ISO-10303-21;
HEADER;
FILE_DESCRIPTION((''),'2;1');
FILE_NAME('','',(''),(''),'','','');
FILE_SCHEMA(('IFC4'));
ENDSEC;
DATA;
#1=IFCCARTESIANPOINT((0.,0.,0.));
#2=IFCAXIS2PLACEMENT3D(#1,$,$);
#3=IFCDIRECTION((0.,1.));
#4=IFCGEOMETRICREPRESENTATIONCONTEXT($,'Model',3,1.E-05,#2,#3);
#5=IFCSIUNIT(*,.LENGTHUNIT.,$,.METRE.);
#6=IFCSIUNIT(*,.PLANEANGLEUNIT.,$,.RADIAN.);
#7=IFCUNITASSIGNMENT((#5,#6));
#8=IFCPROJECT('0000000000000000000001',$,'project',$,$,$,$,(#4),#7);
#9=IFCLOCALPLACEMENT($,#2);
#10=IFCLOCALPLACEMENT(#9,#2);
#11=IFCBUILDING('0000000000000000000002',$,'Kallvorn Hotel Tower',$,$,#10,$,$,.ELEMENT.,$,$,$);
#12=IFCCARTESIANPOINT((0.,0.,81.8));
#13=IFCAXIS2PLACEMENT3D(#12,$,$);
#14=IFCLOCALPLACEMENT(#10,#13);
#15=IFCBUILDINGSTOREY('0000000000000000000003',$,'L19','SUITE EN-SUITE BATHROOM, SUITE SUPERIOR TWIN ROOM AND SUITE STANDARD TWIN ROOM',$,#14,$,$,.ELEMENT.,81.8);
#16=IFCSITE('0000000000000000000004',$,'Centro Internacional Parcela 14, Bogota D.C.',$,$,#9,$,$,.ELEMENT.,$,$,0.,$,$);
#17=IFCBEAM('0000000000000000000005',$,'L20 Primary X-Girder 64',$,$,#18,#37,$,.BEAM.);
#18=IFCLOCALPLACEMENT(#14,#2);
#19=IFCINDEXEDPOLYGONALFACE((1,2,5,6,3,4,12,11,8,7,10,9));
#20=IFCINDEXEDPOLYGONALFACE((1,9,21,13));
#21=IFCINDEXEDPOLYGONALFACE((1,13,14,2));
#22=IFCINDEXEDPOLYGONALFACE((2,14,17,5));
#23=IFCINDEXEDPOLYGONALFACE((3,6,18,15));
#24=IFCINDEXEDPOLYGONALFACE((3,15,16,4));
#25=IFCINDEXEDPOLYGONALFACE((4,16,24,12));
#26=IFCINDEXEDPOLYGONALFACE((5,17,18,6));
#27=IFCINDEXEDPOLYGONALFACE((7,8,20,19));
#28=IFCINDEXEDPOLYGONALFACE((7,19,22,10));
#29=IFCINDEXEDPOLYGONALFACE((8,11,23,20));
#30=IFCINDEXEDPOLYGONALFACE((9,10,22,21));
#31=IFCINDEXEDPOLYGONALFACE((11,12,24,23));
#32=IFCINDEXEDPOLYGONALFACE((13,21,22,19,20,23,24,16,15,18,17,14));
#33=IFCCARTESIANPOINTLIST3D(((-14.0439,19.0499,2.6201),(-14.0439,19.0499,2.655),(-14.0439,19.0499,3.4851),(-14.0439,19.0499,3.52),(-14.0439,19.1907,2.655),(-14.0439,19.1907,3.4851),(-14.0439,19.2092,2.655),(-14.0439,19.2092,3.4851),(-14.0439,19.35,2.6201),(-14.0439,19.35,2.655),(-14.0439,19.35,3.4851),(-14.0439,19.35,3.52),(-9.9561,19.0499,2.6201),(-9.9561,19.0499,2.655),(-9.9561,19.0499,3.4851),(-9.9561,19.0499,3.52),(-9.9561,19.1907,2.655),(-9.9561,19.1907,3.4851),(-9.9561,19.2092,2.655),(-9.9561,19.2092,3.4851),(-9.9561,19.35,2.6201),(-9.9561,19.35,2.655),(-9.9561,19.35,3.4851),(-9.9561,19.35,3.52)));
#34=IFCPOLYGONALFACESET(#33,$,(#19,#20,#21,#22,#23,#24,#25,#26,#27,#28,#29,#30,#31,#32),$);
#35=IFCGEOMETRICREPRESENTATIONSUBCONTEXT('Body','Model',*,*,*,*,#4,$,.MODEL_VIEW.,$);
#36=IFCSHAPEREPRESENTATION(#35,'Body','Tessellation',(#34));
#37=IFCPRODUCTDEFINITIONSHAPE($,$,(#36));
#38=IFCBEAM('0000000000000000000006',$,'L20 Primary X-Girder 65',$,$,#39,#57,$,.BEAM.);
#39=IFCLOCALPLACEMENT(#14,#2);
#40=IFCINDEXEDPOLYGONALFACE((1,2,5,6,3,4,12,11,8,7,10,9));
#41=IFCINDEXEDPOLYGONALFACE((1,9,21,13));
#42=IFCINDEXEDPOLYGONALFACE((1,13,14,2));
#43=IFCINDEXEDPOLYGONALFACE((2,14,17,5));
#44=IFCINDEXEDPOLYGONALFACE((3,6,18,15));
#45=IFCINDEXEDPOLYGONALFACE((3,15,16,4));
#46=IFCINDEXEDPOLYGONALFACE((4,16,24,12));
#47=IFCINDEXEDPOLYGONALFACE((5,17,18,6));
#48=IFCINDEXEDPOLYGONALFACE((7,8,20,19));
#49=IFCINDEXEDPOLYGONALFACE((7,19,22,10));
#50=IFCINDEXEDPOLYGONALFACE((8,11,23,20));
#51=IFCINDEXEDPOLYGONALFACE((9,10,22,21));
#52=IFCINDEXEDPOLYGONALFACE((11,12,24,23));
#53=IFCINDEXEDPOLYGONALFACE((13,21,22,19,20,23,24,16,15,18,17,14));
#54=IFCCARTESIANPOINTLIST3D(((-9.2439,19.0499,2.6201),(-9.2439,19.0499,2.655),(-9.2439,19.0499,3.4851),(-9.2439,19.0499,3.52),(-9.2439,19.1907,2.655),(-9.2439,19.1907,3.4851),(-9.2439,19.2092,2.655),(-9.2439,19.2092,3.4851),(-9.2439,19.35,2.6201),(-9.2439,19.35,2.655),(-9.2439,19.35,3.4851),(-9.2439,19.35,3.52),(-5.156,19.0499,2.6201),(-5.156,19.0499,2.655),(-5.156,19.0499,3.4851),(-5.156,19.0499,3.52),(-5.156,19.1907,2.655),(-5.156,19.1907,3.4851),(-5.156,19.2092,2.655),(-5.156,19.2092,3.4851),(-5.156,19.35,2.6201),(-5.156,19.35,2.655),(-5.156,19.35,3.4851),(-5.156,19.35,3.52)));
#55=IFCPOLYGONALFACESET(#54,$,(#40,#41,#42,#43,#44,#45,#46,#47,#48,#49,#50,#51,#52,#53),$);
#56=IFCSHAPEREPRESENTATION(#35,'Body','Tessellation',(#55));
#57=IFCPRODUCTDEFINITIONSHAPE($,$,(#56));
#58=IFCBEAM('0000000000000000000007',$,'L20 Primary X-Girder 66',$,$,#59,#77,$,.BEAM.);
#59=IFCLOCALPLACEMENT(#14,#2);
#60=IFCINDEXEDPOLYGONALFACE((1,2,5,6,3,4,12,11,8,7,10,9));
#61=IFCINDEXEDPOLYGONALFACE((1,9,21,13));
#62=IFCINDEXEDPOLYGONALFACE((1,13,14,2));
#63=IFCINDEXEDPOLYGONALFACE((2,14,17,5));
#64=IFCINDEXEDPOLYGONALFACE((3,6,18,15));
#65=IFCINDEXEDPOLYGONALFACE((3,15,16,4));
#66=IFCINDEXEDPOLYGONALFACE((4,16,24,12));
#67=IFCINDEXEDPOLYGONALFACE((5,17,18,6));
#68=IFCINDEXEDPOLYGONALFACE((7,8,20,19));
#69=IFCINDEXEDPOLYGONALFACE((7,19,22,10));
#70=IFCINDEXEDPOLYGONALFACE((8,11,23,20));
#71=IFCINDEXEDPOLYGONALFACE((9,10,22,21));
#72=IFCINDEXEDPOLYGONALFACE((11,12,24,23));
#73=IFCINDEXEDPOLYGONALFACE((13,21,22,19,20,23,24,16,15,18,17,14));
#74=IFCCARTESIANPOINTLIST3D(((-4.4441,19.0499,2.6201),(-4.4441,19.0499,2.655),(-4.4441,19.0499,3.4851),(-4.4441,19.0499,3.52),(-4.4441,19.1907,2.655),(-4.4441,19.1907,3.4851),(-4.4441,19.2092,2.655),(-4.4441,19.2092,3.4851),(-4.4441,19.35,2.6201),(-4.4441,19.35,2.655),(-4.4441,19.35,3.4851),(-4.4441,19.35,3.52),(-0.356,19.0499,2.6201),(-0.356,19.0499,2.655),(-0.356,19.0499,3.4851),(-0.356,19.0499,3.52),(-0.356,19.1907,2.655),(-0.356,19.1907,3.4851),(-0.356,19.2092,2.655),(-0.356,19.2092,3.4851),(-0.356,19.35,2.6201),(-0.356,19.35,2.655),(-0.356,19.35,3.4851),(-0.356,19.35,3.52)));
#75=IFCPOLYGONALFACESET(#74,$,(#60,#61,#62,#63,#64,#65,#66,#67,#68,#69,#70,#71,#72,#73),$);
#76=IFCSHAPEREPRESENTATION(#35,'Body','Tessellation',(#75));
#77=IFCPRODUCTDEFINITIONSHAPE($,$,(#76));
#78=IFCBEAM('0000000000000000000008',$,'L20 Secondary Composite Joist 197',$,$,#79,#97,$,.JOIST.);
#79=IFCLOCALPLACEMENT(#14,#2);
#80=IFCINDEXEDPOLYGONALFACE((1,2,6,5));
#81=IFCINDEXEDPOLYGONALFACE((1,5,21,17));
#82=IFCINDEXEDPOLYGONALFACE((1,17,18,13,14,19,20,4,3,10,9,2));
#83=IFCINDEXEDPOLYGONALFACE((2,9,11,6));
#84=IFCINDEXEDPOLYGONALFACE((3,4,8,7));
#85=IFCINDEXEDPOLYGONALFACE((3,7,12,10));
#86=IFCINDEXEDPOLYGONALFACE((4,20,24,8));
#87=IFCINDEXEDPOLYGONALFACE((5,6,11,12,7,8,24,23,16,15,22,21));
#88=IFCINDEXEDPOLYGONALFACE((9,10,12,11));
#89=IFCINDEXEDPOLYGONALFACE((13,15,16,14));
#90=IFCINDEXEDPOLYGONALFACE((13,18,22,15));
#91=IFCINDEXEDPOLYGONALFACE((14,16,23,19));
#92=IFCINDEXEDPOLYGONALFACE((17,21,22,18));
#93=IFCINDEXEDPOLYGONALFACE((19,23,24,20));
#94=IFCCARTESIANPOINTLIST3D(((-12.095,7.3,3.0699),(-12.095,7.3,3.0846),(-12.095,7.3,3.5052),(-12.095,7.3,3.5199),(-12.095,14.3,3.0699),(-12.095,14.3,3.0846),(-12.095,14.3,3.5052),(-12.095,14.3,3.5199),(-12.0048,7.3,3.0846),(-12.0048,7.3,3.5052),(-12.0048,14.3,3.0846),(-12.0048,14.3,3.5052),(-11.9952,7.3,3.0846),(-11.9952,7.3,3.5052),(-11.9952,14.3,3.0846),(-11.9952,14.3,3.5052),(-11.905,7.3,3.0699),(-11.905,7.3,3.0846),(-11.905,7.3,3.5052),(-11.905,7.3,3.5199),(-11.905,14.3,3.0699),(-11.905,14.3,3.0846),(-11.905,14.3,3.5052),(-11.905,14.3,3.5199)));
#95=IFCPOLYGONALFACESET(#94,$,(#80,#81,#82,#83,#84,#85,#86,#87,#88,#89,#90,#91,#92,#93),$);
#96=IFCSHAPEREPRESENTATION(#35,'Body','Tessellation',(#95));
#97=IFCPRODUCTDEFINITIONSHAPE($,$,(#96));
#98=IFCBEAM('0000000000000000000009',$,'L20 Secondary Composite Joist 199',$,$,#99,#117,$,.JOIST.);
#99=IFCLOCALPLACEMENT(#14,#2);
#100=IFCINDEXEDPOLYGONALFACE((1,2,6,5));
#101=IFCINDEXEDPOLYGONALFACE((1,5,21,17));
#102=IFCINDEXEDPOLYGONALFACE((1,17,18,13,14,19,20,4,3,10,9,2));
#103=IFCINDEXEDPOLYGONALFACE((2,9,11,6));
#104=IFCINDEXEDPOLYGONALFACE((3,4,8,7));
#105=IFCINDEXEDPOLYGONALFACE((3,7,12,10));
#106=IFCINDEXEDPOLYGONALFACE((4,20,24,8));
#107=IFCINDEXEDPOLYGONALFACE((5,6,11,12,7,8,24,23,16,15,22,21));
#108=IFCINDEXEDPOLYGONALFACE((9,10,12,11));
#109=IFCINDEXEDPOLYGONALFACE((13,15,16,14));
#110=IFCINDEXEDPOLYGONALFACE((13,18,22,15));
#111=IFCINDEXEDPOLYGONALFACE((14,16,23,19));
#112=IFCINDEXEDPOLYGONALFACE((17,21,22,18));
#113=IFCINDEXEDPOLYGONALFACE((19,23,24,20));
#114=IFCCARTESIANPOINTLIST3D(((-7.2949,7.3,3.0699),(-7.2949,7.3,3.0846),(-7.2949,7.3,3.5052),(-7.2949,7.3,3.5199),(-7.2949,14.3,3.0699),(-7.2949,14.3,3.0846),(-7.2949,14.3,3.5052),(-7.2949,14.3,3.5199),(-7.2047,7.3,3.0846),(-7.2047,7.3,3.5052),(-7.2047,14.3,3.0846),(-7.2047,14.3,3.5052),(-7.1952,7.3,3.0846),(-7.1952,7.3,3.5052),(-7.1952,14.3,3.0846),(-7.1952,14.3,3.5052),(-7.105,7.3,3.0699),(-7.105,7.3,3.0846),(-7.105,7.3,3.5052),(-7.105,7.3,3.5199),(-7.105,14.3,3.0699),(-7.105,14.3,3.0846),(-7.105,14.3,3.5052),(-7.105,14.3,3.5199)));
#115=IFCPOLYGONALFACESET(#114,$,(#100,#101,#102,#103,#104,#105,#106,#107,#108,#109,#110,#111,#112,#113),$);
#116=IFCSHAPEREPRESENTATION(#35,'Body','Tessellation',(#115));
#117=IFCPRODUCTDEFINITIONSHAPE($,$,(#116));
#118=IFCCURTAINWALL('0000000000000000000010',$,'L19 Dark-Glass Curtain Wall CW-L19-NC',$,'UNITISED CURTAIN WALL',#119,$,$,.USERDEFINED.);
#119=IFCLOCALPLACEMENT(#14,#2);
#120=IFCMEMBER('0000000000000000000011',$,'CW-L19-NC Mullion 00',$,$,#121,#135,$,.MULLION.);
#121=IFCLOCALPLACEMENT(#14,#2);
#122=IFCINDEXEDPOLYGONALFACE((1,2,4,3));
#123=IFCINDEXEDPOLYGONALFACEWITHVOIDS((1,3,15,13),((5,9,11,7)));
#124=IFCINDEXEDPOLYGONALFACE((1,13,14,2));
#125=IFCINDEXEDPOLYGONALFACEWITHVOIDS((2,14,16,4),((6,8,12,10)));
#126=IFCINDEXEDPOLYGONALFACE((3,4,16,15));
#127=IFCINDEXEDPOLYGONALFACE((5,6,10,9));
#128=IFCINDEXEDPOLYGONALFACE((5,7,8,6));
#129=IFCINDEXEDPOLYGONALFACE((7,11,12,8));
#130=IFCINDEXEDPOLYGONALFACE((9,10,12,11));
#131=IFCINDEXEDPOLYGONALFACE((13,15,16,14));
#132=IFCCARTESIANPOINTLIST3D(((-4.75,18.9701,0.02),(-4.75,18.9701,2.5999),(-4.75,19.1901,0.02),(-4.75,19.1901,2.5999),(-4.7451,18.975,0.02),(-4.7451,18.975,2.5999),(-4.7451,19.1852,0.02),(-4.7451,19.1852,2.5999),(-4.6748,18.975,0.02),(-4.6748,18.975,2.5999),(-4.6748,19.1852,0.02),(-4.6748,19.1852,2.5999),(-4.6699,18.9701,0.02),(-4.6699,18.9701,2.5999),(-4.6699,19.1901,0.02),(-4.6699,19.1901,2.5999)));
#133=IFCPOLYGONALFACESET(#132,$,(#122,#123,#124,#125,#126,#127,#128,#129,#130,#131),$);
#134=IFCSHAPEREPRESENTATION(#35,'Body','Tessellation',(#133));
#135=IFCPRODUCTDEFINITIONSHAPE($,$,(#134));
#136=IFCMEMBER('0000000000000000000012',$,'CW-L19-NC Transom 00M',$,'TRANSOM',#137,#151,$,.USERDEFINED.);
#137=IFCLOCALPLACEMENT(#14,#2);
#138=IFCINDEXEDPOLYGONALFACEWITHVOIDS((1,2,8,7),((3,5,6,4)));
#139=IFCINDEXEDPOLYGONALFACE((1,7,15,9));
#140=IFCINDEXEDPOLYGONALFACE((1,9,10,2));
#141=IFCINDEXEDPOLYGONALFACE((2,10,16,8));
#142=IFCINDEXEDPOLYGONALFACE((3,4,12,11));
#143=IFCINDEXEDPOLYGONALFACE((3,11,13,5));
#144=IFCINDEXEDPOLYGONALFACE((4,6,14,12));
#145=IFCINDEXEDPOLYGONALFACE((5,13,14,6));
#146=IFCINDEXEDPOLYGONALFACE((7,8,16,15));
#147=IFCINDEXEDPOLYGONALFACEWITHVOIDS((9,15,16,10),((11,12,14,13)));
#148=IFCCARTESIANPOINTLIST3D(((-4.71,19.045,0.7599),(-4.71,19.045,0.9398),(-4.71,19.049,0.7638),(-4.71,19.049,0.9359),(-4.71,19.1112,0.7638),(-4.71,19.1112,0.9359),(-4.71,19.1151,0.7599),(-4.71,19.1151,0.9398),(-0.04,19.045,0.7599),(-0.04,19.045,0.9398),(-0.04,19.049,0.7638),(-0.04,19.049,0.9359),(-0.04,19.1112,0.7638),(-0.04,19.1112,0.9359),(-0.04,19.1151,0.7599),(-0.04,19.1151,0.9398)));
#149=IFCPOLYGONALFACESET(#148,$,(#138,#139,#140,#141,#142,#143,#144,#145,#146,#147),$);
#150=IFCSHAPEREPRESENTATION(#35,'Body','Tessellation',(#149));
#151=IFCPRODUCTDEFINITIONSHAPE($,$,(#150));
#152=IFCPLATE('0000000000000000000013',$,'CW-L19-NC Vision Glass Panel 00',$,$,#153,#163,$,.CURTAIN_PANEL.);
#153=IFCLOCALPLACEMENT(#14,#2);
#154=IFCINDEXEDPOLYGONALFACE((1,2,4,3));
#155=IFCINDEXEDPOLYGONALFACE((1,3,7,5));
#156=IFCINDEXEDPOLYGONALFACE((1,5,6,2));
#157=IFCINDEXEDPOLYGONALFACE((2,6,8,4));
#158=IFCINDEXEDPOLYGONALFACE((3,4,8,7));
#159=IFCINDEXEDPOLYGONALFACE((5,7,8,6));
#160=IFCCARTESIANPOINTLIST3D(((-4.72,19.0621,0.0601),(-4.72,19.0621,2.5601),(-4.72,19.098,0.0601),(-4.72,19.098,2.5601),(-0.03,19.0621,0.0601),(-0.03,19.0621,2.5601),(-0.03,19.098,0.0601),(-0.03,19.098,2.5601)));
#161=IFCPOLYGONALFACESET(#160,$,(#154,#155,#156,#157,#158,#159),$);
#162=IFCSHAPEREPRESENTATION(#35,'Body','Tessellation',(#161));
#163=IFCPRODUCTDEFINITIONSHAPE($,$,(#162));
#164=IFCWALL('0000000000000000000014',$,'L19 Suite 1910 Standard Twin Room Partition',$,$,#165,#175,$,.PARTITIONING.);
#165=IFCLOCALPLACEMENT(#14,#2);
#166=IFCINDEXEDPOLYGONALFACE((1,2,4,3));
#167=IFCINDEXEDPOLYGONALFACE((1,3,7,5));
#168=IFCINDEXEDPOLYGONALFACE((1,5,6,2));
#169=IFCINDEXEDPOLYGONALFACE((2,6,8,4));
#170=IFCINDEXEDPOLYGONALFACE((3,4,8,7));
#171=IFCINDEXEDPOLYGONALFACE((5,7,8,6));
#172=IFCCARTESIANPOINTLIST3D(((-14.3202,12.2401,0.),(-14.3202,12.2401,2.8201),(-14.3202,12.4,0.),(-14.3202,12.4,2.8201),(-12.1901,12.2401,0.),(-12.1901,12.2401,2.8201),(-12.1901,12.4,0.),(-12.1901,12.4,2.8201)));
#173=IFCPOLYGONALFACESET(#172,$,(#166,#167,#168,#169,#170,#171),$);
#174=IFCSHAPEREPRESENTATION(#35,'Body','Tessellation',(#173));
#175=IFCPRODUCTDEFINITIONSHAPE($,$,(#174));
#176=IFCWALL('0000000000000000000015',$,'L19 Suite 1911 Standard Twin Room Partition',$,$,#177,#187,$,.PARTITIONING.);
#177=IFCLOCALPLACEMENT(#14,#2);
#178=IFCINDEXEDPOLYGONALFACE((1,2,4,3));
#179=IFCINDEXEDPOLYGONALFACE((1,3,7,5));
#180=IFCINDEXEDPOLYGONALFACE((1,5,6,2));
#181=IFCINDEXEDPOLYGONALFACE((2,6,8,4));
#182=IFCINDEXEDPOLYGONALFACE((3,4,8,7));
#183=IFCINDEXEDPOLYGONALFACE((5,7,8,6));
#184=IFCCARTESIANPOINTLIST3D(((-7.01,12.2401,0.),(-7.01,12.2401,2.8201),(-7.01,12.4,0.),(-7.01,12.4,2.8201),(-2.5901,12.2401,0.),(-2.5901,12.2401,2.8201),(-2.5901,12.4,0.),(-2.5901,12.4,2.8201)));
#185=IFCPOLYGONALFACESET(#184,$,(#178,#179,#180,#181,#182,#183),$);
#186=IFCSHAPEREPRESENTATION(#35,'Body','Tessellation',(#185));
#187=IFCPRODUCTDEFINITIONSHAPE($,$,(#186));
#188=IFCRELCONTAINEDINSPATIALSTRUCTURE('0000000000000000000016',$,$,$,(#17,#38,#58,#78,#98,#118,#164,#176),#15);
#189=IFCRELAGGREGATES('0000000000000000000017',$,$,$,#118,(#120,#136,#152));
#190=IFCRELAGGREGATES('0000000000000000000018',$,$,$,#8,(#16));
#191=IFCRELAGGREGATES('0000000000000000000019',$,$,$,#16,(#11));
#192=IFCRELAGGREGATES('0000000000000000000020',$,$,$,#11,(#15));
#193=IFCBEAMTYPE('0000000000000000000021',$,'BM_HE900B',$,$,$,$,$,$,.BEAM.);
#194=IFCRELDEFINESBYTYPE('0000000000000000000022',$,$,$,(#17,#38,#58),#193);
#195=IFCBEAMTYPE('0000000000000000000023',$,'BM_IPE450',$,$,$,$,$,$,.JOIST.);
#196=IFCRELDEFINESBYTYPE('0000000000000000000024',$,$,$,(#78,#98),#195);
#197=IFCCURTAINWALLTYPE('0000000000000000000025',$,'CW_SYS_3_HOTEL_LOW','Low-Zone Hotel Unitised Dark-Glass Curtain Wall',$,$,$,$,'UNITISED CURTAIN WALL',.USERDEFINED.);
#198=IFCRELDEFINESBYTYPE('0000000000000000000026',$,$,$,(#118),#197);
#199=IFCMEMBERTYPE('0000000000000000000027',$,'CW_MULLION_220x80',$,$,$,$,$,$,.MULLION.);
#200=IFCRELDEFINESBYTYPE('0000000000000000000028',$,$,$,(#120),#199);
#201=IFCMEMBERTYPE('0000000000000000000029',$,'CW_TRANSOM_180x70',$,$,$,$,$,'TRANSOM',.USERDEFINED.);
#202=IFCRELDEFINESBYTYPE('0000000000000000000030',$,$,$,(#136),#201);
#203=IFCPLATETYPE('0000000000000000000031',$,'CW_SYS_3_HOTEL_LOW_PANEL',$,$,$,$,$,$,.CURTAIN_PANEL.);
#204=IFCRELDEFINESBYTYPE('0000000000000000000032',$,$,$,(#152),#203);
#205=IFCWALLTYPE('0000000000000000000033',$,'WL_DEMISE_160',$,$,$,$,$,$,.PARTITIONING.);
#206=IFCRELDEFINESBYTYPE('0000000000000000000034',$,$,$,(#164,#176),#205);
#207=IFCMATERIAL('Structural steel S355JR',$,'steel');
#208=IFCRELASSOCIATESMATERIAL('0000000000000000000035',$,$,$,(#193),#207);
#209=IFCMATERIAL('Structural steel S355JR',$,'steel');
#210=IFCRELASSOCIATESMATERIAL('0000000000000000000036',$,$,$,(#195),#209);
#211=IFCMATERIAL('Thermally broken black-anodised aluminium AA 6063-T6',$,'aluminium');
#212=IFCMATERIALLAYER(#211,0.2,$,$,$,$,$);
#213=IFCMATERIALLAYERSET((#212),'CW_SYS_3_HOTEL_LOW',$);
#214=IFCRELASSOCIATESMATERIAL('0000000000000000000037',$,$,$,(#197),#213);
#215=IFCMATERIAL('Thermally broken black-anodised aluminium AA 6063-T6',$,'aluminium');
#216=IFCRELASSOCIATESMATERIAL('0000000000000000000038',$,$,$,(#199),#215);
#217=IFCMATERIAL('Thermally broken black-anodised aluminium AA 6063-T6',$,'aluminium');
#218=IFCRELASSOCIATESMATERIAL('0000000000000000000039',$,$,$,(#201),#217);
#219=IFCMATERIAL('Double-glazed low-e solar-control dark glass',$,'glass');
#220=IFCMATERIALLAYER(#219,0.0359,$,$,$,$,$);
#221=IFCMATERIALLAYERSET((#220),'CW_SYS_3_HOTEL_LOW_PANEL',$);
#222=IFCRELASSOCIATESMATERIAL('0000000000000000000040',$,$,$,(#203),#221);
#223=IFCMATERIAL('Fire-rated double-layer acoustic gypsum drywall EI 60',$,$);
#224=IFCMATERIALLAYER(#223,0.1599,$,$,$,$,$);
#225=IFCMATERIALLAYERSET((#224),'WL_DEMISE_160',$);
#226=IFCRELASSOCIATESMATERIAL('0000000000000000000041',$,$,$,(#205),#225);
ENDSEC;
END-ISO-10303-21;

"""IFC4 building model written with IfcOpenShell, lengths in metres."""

from ifc_helpers import new_model, si_unit, direction, frame, frame_2d, origin, origin_2d, place, context, subcontext, project, spatial, rectangle, hollow_rectangle, i_section, extrude, material, layer, layer_set, material_profile, profile_set, type_object, element, aggregate, save


model = new_model("IFC4")

# Units and contexts
model_context = context("Model", 3, precision=1e-05, world=origin(), true_north=direction((0.0, 1.0)))
body_context = subcontext(model_context, "Body", "Model", "MODEL_VIEW")
ifc_project = project(units=[si_unit("LENGTHUNIT", "METRE"), si_unit("PLANEANGLEUNIT", "RADIAN")], contexts=[model_context])

# Site, building, storey
site_placement = place(None, origin())
site = spatial("IfcSite", under=ifc_project, at=site_placement, Name="Centro Internacional Parcela 14, Bogota D.C.", CompositionType="ELEMENT", RefElevation=0.0)
building_placement = place(site_placement, origin())
building = spatial("IfcBuilding", under=site, at=building_placement, Name="Kallvorn Hotel Tower", CompositionType="ELEMENT")
storey_placement = place(building_placement, frame((0.0, 0.0, 81.8)))
storey = spatial("IfcBuildingStorey", under=building, at=storey_placement, Name="L19", Description="SUITE EN-SUITE BATHROOM, SUITE SUPERIOR TWIN ROOM AND SUITE STANDARD TWIN ROOM", CompositionType="ELEMENT", Elevation=81.8)

# Beams
ifc_material_1 = material(Name="Structural steel S355JR", Category="steel")
ifc_material_profile_1 = material_profile(ifc_material_1, i_section(OverallWidth=0.3, OverallDepth=0.8999, WebThickness=0.0186, FlangeThickness=0.0349, at=origin_2d()), Name="HE 900 B")
ifc_profile_set_1 = profile_set([ifc_material_profile_1], Name="Structural steel S355JR")
beam_type_1 = type_object("IfcBeamType", Name="BM_HE900B", PredefinedType="BEAM", material=ifc_profile_set_1)
for number, where, z_axis, x_axis, name in (
    (1, (-14.0439, 19.2, 3.0701), (1.0, 0.0, 0.0), (0.0, 1.0, 0.0), "L20 Primary X-Girder 64"),
    (2, (-9.2439, 19.2, 3.0701), (1.0, 0.0, 0.0), (0.0, 1.0, 0.0), "L20 Primary X-Girder 65"),
):
    element("IfcBeam", number, at=place(storey_placement, frame(where, z_axis=z_axis, x_axis=x_axis)), inside=storey, type_object=beam_type_1, Name=name, PredefinedType="BEAM", context=body_context, shape_type="SweptSolid", body=[
        extrude(i_section(OverallWidth=0.3, OverallDepth=0.8999, WebThickness=0.0186, FlangeThickness=0.0349, at=origin_2d()), origin(), (0.0, 0.0, 1.0), 4.0879),
    ])
beam_1_placement = place(storey_placement, frame((-4.4441, 19.2, 3.0701), z_axis=(1.0, 0.0, 0.0), x_axis=(0.0, 1.0, 0.0)))
element("IfcBeam", 3, at=beam_1_placement, inside=storey, type_object=beam_type_1, Name="L20 Primary X-Girder 66", PredefinedType="BEAM", context=body_context, shape_type="SweptSolid", body=[
    extrude(i_section(OverallWidth=0.3, OverallDepth=0.8999, WebThickness=0.0186, FlangeThickness=0.0349, at=origin_2d()), origin(), (0.0, 0.0, 1.0), 4.0881),
])
ifc_material_2 = material(Name="Structural steel S355JR", Category="steel")
ifc_material_profile_2 = material_profile(ifc_material_2, i_section(OverallWidth=0.1899, OverallDepth=0.45, WebThickness=0.0095, FlangeThickness=0.0146, at=origin_2d()), Name="IPE 450")
ifc_profile_set_2 = profile_set([ifc_material_profile_2], Name="Structural steel S355JR")
beam_type_2 = type_object("IfcBeamType", Name="BM_IPE450", PredefinedType="JOIST", material=ifc_profile_set_2)
for number, where, z_axis, x_axis, name in (
    (4, (-12.0, 7.3, 3.2949), (0.0, 1.0, 0.0), (-1.0, 0.0, 0.0), "L20 Secondary Composite Joist 197"),
    (5, (-7.2, 7.3, 3.2949), (0.0, 1.0, 0.0), (-1.0, 0.0, 0.0), "L20 Secondary Composite Joist 199"),
):
    element("IfcBeam", number, at=place(storey_placement, frame(where, z_axis=z_axis, x_axis=x_axis)), inside=storey, type_object=beam_type_2, Name=name, PredefinedType="JOIST", context=body_context, shape_type="SweptSolid", body=[
        extrude(i_section(OverallWidth=0.1899, OverallDepth=0.45, WebThickness=0.0095, FlangeThickness=0.0146, at=origin_2d()), origin(), (0.0, 0.0, 1.0), 7.0),
    ])

# Curtain wall, members, plate
ifc_material_3 = material(Name="Thermally broken black-anodised aluminium AA 6063-T6", Category="aluminium")
ifc_layer_1 = layer(ifc_material_3, 0.2)
ifc_layer_set_1 = layer_set([ifc_layer_1], Name="CW_SYS_3_HOTEL_LOW")
curtain_wall_type = type_object("IfcCurtainWallType", Name="CW_SYS_3_HOTEL_LOW", Description="Low-Zone Hotel Unitised Dark-Glass Curtain Wall", ElementType="UNITISED CURTAIN WALL", PredefinedType="USERDEFINED", material=ifc_layer_set_1)
curtain_wall_placement = place(storey_placement, origin())
curtain_wall = element("IfcCurtainWall", 6, at=curtain_wall_placement, inside=storey, type_object=curtain_wall_type, Name="L19 Dark-Glass Curtain Wall CW-L19-NC", ObjectType="UNITISED CURTAIN WALL", PredefinedType="USERDEFINED")
ifc_material_4 = material(Name="Thermally broken black-anodised aluminium AA 6063-T6", Category="aluminium")
ifc_material_profile_3 = material_profile(ifc_material_4, hollow_rectangle(XDim=0.0801, YDim=0.22, WallThickness=0.0049, at=origin_2d()), Name="MUL 220x80")
ifc_profile_set_3 = profile_set([ifc_material_profile_3], Name="Thermally broken black-anodised aluminium AA 6063-T6")
member_type_1 = type_object("IfcMemberType", Name="CW_MULLION_220x80", PredefinedType="MULLION", material=ifc_profile_set_3)
member_1_placement = place(storey_placement, frame((-4.71, 19.0801, 0.02), z_axis=(0.0, 0.0, 1.0), x_axis=(1.0, 0.0, 0.0)))
member_1 = element("IfcMember", 7, at=member_1_placement, type_object=member_type_1, Name="CW-L19-NC Mullion 00", PredefinedType="MULLION", context=body_context, shape_type="SweptSolid", body=[
    extrude(hollow_rectangle(XDim=0.0801, YDim=0.22, WallThickness=0.0049, at=origin_2d()), origin(), (0.0, 0.0, 1.0), 2.5798),
])
ifc_material_5 = material(Name="Thermally broken black-anodised aluminium AA 6063-T6", Category="aluminium")
ifc_material_profile_4 = material_profile(ifc_material_5, hollow_rectangle(XDim=0.0701, YDim=0.1799, WallThickness=0.0039, at=origin_2d()), Name="TRN 180x70")
ifc_profile_set_4 = profile_set([ifc_material_profile_4], Name="Thermally broken black-anodised aluminium AA 6063-T6")
member_type_2 = type_object("IfcMemberType", Name="CW_TRANSOM_180x70", ElementType="TRANSOM", PredefinedType="USERDEFINED", material=ifc_profile_set_4)
member_2_placement = place(storey_placement, frame((-4.71, 19.0801, 0.8499), z_axis=(1.0, 0.0, 0.0), x_axis=(0.0, 1.0, 0.0)))
member_2 = element("IfcMember", 8, at=member_2_placement, type_object=member_type_2, Name="CW-L19-NC Transom 00M", ObjectType="TRANSOM", PredefinedType="USERDEFINED", context=body_context, shape_type="SweptSolid", body=[
    extrude(hollow_rectangle(XDim=0.0701, YDim=0.1799, WallThickness=0.0039, at=origin_2d()), origin(), (0.0, 0.0, 1.0), 4.6699),
])
ifc_material_6 = material(Name="Double-glazed low-e solar-control dark glass", Category="glass")
ifc_layer_2 = layer(ifc_material_6, 0.0359)
ifc_layer_set_2 = layer_set([ifc_layer_2], Name="CW_SYS_3_HOTEL_LOW_PANEL")
plate_type = type_object("IfcPlateType", Name="CW_SYS_3_HOTEL_LOW_PANEL", PredefinedType="CURTAIN_PANEL", material=ifc_layer_set_2)
plate_placement = place(storey_placement, frame((-2.375, 19.0801, 0.0601), z_axis=(0.0, 0.0, 1.0), x_axis=(1.0, 0.0, 0.0)))
plate = element("IfcPlate", 9, at=plate_placement, type_object=plate_type, Name="CW-L19-NC Vision Glass Panel 00", PredefinedType="CURTAIN_PANEL", context=body_context, shape_type="SweptSolid", body=[
    extrude(rectangle(XDim=4.6899, YDim=0.0359, at=origin_2d()), origin(), (0.0, 0.0, 1.0), 2.5),
])
aggregate(curtain_wall, [member_1, member_2, plate])

# Walls
ifc_material_7 = material(Name="Fire-rated double-layer acoustic gypsum drywall EI 60")
ifc_layer_3 = layer(ifc_material_7, 0.1599)
ifc_layer_set_3 = layer_set([ifc_layer_3], Name="WL_DEMISE_160")
wall_type = type_object("IfcWallType", Name="WL_DEMISE_160", PredefinedType="PARTITIONING", material=ifc_layer_set_3)
wall_1_placement = place(storey_placement, frame((-14.3201, 12.3201, 0.0), z_axis=(0.0, 0.0, 1.0), x_axis=(1.0, 0.0, 0.0)))
element("IfcWall", 10, at=wall_1_placement, inside=storey, type_object=wall_type, Name="L19 Suite 1910 Standard Twin Room Partition", PredefinedType="PARTITIONING", context=body_context, shape_type="SweptSolid", body=[
    extrude(rectangle(XDim=2.1301, YDim=0.1599, at=frame_2d((1.0649, 0.0))), origin(), (0.0, 0.0, 1.0), 2.8201),
])
wall_2_placement = place(storey_placement, frame((-7.01, 12.3201, 0.0), z_axis=(0.0, 0.0, 1.0), x_axis=(1.0, 0.0, 0.0)))
element("IfcWall", 11, at=wall_2_placement, inside=storey, type_object=wall_type, Name="L19 Suite 1911 Standard Twin Room Partition", PredefinedType="PARTITIONING", context=body_context, shape_type="SweptSolid", body=[
    extrude(rectangle(XDim=4.4199, YDim=0.1599, at=frame_2d((2.21, 0.0))), origin(), (0.0, 0.0, 1.0), 2.8201),
])

save(model, "model.ifc")
